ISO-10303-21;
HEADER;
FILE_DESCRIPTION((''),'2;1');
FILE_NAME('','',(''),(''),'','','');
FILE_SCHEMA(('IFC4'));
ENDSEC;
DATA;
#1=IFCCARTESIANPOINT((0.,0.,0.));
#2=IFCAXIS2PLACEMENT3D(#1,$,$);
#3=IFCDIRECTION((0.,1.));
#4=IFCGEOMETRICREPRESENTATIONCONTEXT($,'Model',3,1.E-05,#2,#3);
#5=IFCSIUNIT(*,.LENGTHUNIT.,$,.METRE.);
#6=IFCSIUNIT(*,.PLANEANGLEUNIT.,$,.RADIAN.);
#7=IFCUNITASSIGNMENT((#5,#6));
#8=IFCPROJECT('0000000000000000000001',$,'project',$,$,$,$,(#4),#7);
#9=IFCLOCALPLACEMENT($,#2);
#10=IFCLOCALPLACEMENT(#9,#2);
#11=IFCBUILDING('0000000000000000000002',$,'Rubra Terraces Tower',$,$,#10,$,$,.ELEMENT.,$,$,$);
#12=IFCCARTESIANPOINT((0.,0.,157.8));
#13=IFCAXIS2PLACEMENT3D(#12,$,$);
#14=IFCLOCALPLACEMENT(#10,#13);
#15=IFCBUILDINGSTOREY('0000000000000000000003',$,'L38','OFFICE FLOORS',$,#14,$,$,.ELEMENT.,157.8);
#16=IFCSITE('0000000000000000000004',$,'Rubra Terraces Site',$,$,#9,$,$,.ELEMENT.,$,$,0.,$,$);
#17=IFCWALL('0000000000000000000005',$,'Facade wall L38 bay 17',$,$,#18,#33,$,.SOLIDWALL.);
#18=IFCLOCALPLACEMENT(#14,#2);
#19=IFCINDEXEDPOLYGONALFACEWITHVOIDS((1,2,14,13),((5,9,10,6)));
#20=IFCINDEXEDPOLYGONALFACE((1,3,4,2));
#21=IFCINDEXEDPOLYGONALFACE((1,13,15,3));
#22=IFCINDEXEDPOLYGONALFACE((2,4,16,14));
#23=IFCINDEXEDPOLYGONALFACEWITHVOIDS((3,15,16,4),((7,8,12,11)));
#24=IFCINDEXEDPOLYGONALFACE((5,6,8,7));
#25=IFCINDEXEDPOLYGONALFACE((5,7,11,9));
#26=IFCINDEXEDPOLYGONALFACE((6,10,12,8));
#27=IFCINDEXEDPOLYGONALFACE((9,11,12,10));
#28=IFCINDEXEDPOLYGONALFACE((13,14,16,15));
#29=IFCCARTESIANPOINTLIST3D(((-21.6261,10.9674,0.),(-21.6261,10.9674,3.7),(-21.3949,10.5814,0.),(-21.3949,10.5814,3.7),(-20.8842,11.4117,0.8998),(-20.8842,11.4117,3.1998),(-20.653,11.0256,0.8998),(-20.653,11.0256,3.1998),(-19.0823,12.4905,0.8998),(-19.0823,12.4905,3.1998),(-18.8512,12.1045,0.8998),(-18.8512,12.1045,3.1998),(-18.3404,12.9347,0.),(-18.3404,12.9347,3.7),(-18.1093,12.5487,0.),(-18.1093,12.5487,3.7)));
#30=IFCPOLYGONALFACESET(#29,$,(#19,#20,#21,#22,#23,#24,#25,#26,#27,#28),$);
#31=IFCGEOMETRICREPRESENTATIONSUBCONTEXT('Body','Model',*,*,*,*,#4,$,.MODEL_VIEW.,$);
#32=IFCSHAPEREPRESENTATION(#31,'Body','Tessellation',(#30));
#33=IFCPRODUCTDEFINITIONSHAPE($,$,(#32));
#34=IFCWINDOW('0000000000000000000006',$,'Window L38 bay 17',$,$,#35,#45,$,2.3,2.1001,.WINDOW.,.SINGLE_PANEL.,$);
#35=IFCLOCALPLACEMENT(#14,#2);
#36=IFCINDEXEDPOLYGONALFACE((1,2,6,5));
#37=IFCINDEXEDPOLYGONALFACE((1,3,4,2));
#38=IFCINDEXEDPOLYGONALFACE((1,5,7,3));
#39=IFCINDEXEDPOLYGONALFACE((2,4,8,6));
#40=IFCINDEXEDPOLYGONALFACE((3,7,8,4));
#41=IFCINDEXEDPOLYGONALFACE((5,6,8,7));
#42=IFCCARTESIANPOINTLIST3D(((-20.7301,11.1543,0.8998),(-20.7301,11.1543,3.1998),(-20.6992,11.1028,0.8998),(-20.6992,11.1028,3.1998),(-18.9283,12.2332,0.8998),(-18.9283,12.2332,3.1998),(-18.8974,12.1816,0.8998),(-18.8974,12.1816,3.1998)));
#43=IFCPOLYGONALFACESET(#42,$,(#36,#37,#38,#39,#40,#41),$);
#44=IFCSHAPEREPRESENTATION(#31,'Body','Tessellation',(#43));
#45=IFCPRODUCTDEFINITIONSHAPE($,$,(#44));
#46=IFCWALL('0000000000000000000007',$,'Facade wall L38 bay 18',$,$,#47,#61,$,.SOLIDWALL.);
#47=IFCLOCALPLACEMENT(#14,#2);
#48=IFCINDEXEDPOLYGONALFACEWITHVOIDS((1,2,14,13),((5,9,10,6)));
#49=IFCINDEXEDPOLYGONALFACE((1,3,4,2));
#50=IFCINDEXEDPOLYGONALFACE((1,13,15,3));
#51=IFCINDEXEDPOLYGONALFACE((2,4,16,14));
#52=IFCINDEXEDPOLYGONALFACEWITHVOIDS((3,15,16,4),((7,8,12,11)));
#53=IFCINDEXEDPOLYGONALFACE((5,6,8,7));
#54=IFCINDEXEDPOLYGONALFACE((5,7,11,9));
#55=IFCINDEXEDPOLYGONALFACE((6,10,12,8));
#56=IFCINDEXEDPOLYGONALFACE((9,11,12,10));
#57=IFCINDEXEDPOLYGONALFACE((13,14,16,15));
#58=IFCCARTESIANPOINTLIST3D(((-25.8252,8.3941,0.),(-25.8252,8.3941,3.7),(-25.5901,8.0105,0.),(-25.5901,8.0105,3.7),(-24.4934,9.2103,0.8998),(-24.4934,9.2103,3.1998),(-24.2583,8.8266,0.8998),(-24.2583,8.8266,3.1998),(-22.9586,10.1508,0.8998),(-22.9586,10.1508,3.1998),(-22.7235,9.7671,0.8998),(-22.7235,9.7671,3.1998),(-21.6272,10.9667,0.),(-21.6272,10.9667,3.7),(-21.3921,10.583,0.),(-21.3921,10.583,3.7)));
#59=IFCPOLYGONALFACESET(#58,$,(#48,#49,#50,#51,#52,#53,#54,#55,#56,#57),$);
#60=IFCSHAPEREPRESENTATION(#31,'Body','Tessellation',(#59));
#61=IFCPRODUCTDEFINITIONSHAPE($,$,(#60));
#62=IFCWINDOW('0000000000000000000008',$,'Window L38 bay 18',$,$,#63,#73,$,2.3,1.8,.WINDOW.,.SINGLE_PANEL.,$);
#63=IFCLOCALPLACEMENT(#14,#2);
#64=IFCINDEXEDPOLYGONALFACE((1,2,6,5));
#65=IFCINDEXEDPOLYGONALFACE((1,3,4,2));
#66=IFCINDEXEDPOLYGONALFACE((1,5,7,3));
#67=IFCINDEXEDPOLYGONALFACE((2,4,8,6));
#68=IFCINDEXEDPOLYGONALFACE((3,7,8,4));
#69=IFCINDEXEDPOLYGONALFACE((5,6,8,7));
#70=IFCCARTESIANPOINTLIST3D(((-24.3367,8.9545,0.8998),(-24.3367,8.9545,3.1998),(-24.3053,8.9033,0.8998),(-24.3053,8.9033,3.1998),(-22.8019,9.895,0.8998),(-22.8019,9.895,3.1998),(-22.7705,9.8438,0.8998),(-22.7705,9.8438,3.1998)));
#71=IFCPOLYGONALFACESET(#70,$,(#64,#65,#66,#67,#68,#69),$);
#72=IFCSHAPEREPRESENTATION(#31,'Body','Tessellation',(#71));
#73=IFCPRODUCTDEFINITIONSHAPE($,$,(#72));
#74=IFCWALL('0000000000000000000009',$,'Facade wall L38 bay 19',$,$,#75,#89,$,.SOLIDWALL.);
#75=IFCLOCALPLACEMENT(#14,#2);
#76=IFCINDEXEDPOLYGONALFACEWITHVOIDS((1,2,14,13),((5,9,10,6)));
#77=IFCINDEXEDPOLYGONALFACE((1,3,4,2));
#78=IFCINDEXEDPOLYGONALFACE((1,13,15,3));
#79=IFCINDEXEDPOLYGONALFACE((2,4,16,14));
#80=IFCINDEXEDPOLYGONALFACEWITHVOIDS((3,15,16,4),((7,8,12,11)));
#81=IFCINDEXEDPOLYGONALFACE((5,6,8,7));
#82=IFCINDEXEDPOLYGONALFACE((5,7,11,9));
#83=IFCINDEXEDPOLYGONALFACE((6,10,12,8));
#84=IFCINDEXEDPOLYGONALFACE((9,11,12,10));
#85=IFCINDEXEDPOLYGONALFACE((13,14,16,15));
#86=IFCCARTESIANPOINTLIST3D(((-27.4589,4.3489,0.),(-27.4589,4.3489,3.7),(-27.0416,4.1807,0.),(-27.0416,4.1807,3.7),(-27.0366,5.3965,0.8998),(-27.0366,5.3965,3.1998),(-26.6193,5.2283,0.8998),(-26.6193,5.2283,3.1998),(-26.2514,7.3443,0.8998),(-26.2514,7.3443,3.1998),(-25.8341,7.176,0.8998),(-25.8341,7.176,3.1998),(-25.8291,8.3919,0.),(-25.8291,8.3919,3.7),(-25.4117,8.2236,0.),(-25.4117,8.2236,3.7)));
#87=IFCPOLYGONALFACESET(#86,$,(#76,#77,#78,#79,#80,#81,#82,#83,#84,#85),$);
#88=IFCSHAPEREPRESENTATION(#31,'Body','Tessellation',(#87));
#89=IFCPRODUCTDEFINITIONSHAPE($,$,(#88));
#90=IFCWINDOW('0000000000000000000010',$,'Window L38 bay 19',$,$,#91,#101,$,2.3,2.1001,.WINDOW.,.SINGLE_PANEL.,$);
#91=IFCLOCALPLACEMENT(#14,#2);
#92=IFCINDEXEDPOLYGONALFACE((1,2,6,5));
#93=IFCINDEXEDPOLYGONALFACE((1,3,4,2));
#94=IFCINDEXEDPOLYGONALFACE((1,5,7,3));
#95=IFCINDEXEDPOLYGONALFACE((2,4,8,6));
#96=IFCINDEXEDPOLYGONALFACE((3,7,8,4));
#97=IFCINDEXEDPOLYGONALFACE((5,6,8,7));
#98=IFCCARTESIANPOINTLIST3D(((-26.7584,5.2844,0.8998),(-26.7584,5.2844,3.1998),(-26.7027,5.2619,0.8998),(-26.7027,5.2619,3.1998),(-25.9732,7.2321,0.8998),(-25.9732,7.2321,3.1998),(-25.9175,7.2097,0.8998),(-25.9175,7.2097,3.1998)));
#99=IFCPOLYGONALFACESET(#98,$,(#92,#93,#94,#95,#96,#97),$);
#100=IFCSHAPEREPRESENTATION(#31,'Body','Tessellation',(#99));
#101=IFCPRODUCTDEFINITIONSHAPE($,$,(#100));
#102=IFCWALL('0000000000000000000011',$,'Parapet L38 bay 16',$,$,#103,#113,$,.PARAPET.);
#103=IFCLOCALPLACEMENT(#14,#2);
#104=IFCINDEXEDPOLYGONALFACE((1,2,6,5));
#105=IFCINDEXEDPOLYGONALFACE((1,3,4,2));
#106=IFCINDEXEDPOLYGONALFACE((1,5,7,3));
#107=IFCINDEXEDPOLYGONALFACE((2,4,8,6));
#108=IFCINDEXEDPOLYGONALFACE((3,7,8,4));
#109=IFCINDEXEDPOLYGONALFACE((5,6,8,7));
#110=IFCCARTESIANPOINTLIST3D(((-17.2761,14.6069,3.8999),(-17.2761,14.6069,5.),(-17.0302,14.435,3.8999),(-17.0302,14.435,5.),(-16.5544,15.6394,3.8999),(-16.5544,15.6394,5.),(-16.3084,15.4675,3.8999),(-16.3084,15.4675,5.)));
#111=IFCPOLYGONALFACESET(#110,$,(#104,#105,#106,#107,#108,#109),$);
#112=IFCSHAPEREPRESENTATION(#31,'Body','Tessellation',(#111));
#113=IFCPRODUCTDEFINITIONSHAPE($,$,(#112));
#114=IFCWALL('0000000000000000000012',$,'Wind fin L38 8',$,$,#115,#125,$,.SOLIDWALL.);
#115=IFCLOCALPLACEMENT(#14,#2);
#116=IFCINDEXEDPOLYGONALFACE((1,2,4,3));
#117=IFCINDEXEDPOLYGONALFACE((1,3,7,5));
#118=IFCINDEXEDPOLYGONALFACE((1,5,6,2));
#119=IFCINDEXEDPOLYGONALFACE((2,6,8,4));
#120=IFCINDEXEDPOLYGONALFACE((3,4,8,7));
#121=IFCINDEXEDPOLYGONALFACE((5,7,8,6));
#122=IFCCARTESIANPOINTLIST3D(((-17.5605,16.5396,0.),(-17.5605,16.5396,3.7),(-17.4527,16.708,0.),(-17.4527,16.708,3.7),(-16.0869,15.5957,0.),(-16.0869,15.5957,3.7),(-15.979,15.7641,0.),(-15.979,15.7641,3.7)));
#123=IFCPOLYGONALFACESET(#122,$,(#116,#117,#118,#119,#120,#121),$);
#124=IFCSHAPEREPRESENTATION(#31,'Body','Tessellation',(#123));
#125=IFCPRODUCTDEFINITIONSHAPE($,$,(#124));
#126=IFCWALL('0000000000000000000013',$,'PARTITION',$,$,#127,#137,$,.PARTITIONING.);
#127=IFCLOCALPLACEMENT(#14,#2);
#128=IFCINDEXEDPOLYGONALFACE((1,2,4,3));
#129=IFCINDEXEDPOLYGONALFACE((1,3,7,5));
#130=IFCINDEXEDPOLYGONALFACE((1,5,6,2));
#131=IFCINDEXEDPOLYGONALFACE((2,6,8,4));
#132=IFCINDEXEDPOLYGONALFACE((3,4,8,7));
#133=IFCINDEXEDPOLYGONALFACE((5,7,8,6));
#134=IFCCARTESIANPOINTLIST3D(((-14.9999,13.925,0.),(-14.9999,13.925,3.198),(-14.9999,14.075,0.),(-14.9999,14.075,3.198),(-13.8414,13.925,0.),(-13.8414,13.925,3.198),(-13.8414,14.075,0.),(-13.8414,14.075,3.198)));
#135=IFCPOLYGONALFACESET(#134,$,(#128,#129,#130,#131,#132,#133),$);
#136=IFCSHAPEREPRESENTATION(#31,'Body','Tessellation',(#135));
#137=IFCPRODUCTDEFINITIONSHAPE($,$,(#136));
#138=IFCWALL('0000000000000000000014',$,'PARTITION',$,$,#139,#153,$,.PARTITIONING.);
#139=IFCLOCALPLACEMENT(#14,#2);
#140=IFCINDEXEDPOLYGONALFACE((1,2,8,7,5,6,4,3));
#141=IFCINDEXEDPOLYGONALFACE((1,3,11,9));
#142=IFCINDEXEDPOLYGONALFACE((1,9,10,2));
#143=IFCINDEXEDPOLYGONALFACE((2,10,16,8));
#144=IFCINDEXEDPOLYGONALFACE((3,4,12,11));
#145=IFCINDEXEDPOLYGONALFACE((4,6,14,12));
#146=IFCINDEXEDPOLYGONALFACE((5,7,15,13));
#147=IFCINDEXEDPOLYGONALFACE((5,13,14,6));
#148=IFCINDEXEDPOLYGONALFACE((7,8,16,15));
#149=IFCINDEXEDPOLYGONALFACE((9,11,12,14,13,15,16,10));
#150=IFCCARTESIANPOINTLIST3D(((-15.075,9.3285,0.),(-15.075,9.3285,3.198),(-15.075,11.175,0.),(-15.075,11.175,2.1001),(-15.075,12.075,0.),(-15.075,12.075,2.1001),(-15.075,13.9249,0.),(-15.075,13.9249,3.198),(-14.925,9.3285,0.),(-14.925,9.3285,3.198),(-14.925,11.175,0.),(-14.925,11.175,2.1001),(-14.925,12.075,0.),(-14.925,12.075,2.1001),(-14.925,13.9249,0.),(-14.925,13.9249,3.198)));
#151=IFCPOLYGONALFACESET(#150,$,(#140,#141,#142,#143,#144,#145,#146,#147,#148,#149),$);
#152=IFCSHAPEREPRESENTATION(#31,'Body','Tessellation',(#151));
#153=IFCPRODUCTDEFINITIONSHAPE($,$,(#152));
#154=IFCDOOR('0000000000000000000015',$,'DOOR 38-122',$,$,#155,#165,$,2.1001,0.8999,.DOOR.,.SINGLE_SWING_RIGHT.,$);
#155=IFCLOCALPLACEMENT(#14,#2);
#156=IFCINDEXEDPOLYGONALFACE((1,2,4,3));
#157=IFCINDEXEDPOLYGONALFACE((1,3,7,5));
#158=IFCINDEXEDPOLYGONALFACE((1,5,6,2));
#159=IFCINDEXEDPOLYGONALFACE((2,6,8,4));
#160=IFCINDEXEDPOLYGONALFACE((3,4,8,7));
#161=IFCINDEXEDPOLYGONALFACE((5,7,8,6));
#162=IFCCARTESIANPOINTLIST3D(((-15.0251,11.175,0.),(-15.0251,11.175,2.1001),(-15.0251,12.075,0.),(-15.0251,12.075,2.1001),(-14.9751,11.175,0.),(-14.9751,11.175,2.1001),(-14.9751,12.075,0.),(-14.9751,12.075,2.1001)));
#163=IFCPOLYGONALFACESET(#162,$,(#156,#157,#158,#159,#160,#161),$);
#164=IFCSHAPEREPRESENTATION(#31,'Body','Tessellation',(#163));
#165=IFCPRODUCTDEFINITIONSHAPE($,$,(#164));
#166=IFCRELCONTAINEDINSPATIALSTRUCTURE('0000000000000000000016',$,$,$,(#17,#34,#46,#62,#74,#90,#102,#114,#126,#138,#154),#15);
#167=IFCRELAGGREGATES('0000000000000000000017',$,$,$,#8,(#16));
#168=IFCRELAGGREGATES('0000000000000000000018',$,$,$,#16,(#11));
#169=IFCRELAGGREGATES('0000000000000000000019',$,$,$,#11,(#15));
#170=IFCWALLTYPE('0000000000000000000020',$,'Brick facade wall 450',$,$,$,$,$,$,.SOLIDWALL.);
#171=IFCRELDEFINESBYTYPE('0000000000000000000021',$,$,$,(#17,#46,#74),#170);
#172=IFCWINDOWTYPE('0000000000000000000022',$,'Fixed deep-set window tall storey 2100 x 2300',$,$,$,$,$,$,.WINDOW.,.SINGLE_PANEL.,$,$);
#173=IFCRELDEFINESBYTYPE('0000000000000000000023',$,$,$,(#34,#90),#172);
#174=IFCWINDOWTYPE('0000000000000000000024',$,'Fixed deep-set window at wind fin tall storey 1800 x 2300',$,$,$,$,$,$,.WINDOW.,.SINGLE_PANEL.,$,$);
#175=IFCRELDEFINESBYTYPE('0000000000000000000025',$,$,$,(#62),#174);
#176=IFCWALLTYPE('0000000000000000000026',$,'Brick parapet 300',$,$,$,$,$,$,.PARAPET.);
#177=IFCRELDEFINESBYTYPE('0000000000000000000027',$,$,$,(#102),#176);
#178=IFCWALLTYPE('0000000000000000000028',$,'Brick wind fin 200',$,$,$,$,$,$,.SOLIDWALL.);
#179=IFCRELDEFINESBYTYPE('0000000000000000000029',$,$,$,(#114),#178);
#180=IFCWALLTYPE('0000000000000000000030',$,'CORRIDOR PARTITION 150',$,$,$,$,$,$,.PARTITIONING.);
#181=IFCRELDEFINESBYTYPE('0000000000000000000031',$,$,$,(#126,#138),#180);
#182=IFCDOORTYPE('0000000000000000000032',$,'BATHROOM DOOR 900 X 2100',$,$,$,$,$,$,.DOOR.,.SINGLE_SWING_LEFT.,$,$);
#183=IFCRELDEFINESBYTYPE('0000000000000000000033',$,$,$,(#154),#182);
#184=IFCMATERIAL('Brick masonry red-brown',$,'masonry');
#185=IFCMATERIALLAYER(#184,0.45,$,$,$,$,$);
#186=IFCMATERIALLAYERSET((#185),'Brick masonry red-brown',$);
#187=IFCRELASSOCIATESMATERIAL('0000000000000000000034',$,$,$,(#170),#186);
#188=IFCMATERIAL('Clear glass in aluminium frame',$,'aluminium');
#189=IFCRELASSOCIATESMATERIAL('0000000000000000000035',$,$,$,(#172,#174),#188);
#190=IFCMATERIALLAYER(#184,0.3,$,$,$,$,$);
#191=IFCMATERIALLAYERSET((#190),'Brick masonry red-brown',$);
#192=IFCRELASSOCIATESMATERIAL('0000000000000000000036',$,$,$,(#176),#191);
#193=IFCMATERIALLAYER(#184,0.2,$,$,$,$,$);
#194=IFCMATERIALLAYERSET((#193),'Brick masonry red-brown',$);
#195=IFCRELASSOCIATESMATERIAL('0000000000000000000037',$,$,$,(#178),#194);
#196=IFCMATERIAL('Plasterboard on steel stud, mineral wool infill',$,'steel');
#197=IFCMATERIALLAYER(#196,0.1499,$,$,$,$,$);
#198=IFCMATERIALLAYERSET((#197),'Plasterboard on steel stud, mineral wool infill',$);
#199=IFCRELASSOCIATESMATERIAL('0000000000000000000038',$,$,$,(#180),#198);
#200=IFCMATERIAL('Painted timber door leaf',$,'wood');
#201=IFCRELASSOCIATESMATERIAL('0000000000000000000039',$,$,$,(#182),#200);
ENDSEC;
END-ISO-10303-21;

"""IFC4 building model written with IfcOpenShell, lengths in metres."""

from ifc_helpers import new_model, si_unit, direction, frame, frame_2d, origin, place, context, subcontext, project, spatial, rectangle, extrude, material, layer, layer_set, type_object, element, fill, save


model = new_model("IFC4")

# Units and contexts
model_context = context("Model", 3, precision=1e-05, world=origin(), true_north=direction((0.0, 1.0)))
body_context = subcontext(model_context, "Body", "Model", "MODEL_VIEW")
ifc_project = project(units=[si_unit("LENGTHUNIT", "METRE"), si_unit("PLANEANGLEUNIT", "RADIAN")], contexts=[model_context])

# Site, building, storey
site_placement = place(None, origin())
site = spatial("IfcSite", under=ifc_project, at=site_placement, Name="Rubra Terraces Site", CompositionType="ELEMENT", RefElevation=0.0)
building_placement = place(site_placement, origin())
building = spatial("IfcBuilding", under=site, at=building_placement, Name="Rubra Terraces Tower", CompositionType="ELEMENT")
storey_placement = place(building_placement, frame((0.0, 0.0, 157.8)))
storey = spatial("IfcBuildingStorey", under=building, at=storey_placement, Name="L38", Description="OFFICE FLOORS", CompositionType="ELEMENT", Elevation=157.8)

# Walls, openings, windows
ifc_material_1 = material(Name="Brick masonry red-brown", Category="masonry")
ifc_layer_1 = layer(ifc_material_1, 0.45)
ifc_layer_set_1 = layer_set([ifc_layer_1], Name="Brick masonry red-brown")
wall_type_1 = type_object("IfcWallType", Name="Brick facade wall 450", PredefinedType="SOLIDWALL", material=ifc_layer_set_1)
ifc_material_2 = material(Name="Clear glass in aluminium frame", Category="aluminium")
window_type_1 = type_object("IfcWindowType", Name="Fixed deep-set window tall storey 2100 x 2300", PartitioningType="SINGLE_PANEL", PredefinedType="WINDOW", material=ifc_material_2)
wall_1_placement = place(storey_placement, frame((-18.2249, 12.7417, 0.0), z_axis=(0.0, 0.0, 1.0), x_axis=(-0.857965, -0.513708, 0.0)))
wall_1 = element("IfcWall", 1, at=wall_1_placement, inside=storey, type_object=wall_type_1, Name="Facade wall L38 bay 17", PredefinedType="SOLIDWALL", context=body_context, shape_type="SweptSolid", body=[
    extrude(rectangle(XDim=3.8296, YDim=0.45, at=frame_2d((1.9148, 0.0))), origin(), (0.0, 0.0, 1.0), 3.7),
])
opening_1_placement = place(wall_1_placement, frame((0.8647, 0.0, 0.8999)))
opening_1 = element("IfcOpeningElement", 2, at=opening_1_placement, cuts=wall_1, PredefinedType="OPENING", context=body_context, shape_type="SweptSolid", body=[
    extrude(rectangle(XDim=2.1001, YDim=2.3, at=frame_2d((1.05, 1.1499))), frame((0.0, 0.2349, 0.0), z_axis=(0.0, -1.0, 0.0), x_axis=(1.0, 0.0, 0.0)), (0.0, 0.0, 1.0), 0.47),
])
window_1_placement = place(opening_1_placement, origin())
window_1 = element("IfcWindow", 3, at=window_1_placement, inside=storey, type_object=window_type_1, Name="Window L38 bay 17", OverallHeight=2.3, OverallWidth=2.1001, PartitioningType="SINGLE_PANEL", PredefinedType="WINDOW", context=body_context, shape_type="SweptSolid", body=[
    extrude(rectangle(XDim=2.1001, YDim=2.3, at=frame_2d((1.05, 1.1499))), frame((0.0, 0.135, 0.0), z_axis=(0.0, -1.0, 0.0), x_axis=(1.0, 0.0, 0.0)), (0.0, 0.0, 1.0), 0.0601),
])
fill(opening_1, window_1)
wall_2_placement = place(storey_placement, frame((-21.5095, 10.7749, 0.0), z_axis=(0.0, 0.0, 1.0), x_axis=(-0.852643, -0.522495, 0.0)))
wall_2 = element("IfcWall", 4, at=wall_2_placement, inside=storey, type_object=wall_type_1, Name="Facade wall L38 bay 18", PredefinedType="SOLIDWALL", context=body_context, shape_type="SweptSolid", body=[
    extrude(rectangle(XDim=4.9236, YDim=0.45, at=frame_2d((2.4619, 0.0))), origin(), (0.0, 0.0, 1.0), 3.7),
])
opening_2_placement = place(wall_2_placement, frame((1.5618, 0.0, 0.8999)))
opening_2 = element("IfcOpeningElement", 5, at=opening_2_placement, cuts=wall_2, PredefinedType="OPENING", context=body_context, shape_type="SweptSolid", body=[
    extrude(rectangle(XDim=1.8, YDim=2.3, at=frame_2d((0.8999, 1.1499))), frame((0.0, 0.2349, 0.0), z_axis=(0.0, -1.0, 0.0), x_axis=(1.0, 0.0, 0.0)), (0.0, 0.0, 1.0), 0.47),
])
window_type_2 = type_object("IfcWindowType", Name="Fixed deep-set window at wind fin tall storey 1800 x 2300", PartitioningType="SINGLE_PANEL", PredefinedType="WINDOW", material=ifc_material_2)
window_2_placement = place(opening_2_placement, origin())
window_2 = element("IfcWindow", 6, at=window_2_placement, inside=storey, type_object=window_type_2, Name="Window L38 bay 18", OverallHeight=2.3, OverallWidth=1.8, PartitioningType="SINGLE_PANEL", PredefinedType="WINDOW", context=body_context, shape_type="SweptSolid", body=[
    extrude(rectangle(XDim=1.8, YDim=2.3, at=frame_2d((0.8999, 1.1499))), frame((0.0, 0.135, 0.0), z_axis=(0.0, -1.0, 0.0), x_axis=(1.0, 0.0, 0.0)), (0.0, 0.0, 1.0), 0.0601),
])
fill(opening_2, window_2)
wall_3_placement = place(storey_placement, frame((-25.6204, 8.3079, 0.0), z_axis=(0.0, 0.0, 1.0), x_axis=(-0.3739, -0.927469, 0.0)))
wall_3 = element("IfcWall", 7, at=wall_3_placement, inside=storey, type_object=wall_type_1, Name="Facade wall L38 bay 19", PredefinedType="SOLIDWALL", context=body_context, shape_type="SweptSolid", body=[
    extrude(rectangle(XDim=4.3591, YDim=0.45, at=frame_2d((2.1797, 0.0))), origin(), (0.0, 0.0, 1.0), 3.7),
])
opening_3_placement = place(wall_3_placement, frame((1.1296, 0.0, 0.8999)))
opening_3 = element("IfcOpeningElement", 8, at=opening_3_placement, cuts=wall_3, PredefinedType="OPENING", context=body_context, shape_type="SweptSolid", body=[
    extrude(rectangle(XDim=2.1001, YDim=2.3, at=frame_2d((1.05, 1.1499))), frame((0.0, 0.2349, 0.0), z_axis=(0.0, -1.0, 0.0), x_axis=(1.0, 0.0, 0.0)), (0.0, 0.0, 1.0), 0.47),
])
window_3_placement = place(opening_3_placement, origin())
window_3 = element("IfcWindow", 9, at=window_3_placement, inside=storey, type_object=window_type_1, Name="Window L38 bay 19", OverallHeight=2.3, OverallWidth=2.1001, PartitioningType="SINGLE_PANEL", PredefinedType="WINDOW", context=body_context, shape_type="SweptSolid", body=[
    extrude(rectangle(XDim=2.1001, YDim=2.3, at=frame_2d((1.05, 1.1499))), frame((0.0, 0.135, 0.0), z_axis=(0.0, -1.0, 0.0), x_axis=(1.0, 0.0, 0.0)), (0.0, 0.0, 1.0), 0.0601),
])
fill(opening_3, window_3)

# Walls
ifc_layer_2 = layer(ifc_material_1, 0.3)
ifc_layer_set_2 = layer_set([ifc_layer_2], Name="Brick masonry red-brown")
wall_type_2 = type_object("IfcWallType", Name="Brick parapet 300", PredefinedType="PARAPET", material=ifc_layer_set_2)
wall_4_placement = place(storey_placement, frame((-16.4314, 15.5535, 3.8999), z_axis=(0.0, 0.0, 1.0), x_axis=(-0.572903, -0.819623, 0.0)))
element("IfcWall", 10, at=wall_4_placement, inside=storey, type_object=wall_type_2, Name="Parapet L38 bay 16", PredefinedType="PARAPET", context=body_context, shape_type="SweptSolid", body=[
    extrude(rectangle(XDim=1.2598, YDim=0.3, at=frame_2d((0.6299, 0.0))), origin(), (0.0, 0.0, 1.0), 1.1001),
])
ifc_layer_3 = layer(ifc_material_1, 0.2)
ifc_layer_set_3 = layer_set([ifc_layer_3], Name="Brick masonry red-brown")
wall_type_3 = type_object("IfcWallType", Name="Brick wind fin 200", PredefinedType="SOLIDWALL", material=ifc_layer_set_3)
wall_5_placement = place(storey_placement, frame((-16.033, 15.6799, 0.0), z_axis=(0.0, 0.0, 1.0), x_axis=(-0.842084, 0.539347, 0.0)))
element("IfcWall", 11, at=wall_5_placement, inside=storey, type_object=wall_type_3, Name="Wind fin L38 8", PredefinedType="SOLIDWALL", context=body_context, shape_type="SweptSolid", body=[
    extrude(rectangle(XDim=1.75, YDim=0.2, at=frame_2d((0.875, 0.0))), origin(), (0.0, 0.0, 1.0), 3.7),
])
ifc_material_3 = material(Name="Plasterboard on steel stud, mineral wool infill", Category="steel")
ifc_layer_4 = layer(ifc_material_3, 0.1499)
ifc_layer_set_4 = layer_set([ifc_layer_4], Name="Plasterboard on steel stud, mineral wool infill")
wall_type_4 = type_object("IfcWallType", Name="CORRIDOR PARTITION 150", PredefinedType="PARTITIONING", material=ifc_layer_set_4)
wall_6_placement = place(storey_placement, frame((-13.8416, 14.0, 0.0), z_axis=(0.0, 0.0, 1.0), x_axis=(-1.0, 0.0, 0.0)))
element("IfcWall", 12, at=wall_6_placement, inside=storey, type_object=wall_type_4, Name="PARTITION", PredefinedType="PARTITIONING", context=body_context, shape_type="SweptSolid", body=[
    extrude(rectangle(XDim=1.1584, YDim=0.1499, at=frame_2d((0.5791, 0.0))), origin(), (0.0, 0.0, 1.0), 3.198),
])

# Wall, opening, door
wall_7_placement = place(storey_placement, frame((-15.0, 13.925, 0.0), z_axis=(0.0, 0.0, 1.0), x_axis=(0.0, -1.0, 0.0)))
wall_7 = element("IfcWall", 13, at=wall_7_placement, inside=storey, type_object=wall_type_4, Name="PARTITION", PredefinedType="PARTITIONING", context=body_context, shape_type="SweptSolid", body=[
    extrude(rectangle(XDim=4.5964, YDim=0.1499, at=frame_2d((2.2983, 0.0))), origin(), (0.0, 0.0, 1.0), 3.198),
])
opening_4_placement = place(wall_7_placement, frame((1.8501, 0.0, 0.0)))
opening_4 = element("IfcOpeningElement", 14, at=opening_4_placement, cuts=wall_7, PredefinedType="OPENING", context=body_context, shape_type="SweptSolid", body=[
    extrude(rectangle(XDim=0.8999, YDim=2.1001, at=frame_2d((0.45, 1.05))), frame((0.0, 0.085, 0.0), z_axis=(0.0, -1.0, 0.0), x_axis=(1.0, 0.0, 0.0)), (0.0, 0.0, 1.0), 0.1699),
])
ifc_material_4 = material(Name="Painted timber door leaf", Category="wood")
door_type_1 = type_object("IfcDoorType", Name="BATHROOM DOOR 900 X 2100", OperationType="SINGLE_SWING_LEFT", PredefinedType="DOOR", material=ifc_material_4)
door_1_placement = place(opening_4_placement, origin())
door_1 = element("IfcDoor", 15, at=door_1_placement, inside=storey, type_object=door_type_1, Name="DOOR 38-122", OperationType="SINGLE_SWING_RIGHT", OverallHeight=2.1001, OverallWidth=0.8999, PredefinedType="DOOR", context=body_context, shape_type="SweptSolid", body=[
    extrude(rectangle(XDim=0.8999, YDim=2.1001, at=frame_2d((0.45, 1.05))), frame((0.0, 0.0249, 0.0), z_axis=(0.0, -1.0, 0.0), x_axis=(1.0, 0.0, 0.0)), (0.0, 0.0, 1.0), 0.05),
])
fill(opening_4, door_1)

save(model, "model.ifc")
